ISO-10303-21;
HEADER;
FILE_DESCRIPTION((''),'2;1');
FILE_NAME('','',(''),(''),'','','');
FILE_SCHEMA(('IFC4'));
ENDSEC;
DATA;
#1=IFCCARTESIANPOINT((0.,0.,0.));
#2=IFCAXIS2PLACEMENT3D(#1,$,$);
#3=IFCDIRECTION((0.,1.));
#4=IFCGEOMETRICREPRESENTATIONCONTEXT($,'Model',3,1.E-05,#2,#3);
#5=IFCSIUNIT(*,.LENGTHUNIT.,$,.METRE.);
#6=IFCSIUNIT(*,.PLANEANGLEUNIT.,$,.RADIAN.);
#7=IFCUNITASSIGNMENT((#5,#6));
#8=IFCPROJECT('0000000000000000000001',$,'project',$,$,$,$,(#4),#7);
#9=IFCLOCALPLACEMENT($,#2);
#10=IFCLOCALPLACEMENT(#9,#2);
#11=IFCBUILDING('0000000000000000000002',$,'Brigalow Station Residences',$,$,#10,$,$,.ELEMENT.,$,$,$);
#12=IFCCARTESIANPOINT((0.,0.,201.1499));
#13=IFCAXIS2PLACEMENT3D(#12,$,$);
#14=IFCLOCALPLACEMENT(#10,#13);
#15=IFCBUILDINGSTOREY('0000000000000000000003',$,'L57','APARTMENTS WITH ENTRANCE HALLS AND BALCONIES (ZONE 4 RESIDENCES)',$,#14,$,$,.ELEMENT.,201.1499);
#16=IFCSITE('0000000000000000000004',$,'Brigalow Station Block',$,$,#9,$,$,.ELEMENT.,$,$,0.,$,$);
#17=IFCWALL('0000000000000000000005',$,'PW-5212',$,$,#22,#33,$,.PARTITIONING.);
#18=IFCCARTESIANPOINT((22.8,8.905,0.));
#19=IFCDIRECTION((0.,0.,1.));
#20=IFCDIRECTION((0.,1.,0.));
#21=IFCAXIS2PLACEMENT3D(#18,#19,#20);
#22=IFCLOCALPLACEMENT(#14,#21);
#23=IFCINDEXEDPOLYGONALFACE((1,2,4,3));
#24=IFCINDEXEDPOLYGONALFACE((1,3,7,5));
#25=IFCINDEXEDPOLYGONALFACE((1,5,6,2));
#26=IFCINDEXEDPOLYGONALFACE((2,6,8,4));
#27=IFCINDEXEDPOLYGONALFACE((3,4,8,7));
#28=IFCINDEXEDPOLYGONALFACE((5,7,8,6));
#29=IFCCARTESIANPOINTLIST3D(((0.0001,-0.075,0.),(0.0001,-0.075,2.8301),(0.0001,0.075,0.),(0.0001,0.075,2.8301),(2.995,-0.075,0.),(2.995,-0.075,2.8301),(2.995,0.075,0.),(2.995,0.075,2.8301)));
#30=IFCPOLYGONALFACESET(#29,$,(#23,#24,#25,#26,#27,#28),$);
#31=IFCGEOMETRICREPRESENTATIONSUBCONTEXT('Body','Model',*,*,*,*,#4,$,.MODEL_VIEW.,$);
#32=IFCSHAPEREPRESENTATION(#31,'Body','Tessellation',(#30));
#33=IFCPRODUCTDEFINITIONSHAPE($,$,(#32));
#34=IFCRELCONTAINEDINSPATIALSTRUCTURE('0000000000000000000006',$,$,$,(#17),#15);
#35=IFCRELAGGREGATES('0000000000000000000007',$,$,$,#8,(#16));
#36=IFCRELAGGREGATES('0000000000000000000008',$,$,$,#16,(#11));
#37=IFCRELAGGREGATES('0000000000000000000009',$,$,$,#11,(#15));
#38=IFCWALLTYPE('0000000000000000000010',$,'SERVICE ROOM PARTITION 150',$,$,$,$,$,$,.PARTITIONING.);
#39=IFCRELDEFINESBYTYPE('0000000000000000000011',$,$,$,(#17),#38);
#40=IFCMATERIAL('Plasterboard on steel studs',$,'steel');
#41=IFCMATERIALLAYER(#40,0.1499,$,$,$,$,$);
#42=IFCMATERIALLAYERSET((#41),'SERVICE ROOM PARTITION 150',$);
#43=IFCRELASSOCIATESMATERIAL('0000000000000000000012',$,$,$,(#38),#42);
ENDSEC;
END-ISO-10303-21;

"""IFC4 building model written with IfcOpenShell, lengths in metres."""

from ifc_helpers import new_model, si_unit, direction, frame, frame_2d, origin, place, context, subcontext, project, spatial, rectangle, extrude, material, layer, layer_set, type_object, element, save


model = new_model("IFC4")

# Units and contexts
model_context = context("Model", 3, precision=1e-05, world=origin(), true_north=direction((0.0, 1.0)))
body_context = subcontext(model_context, "Body", "Model", "MODEL_VIEW")
ifc_project = project(units=[si_unit("LENGTHUNIT", "METRE"), si_unit("PLANEANGLEUNIT", "RADIAN")], contexts=[model_context])

# Site, building, storey
site_placement = place(None, origin())
site = spatial("IfcSite", under=ifc_project, at=site_placement, Name="Brigalow Station Block", CompositionType="ELEMENT", RefElevation=0.0)
building_placement = place(site_placement, origin())
building = spatial("IfcBuilding", under=site, at=building_placement, Name="Brigalow Station Residences", CompositionType="ELEMENT")
storey_placement = place(building_placement, frame((0.0, 0.0, 201.1499)))
storey = spatial("IfcBuildingStorey", under=building, at=storey_placement, Name="L57", Description="APARTMENTS WITH ENTRANCE HALLS AND BALCONIES (ZONE 4 RESIDENCES)", CompositionType="ELEMENT", Elevation=201.1499)

# Wall
ifc_material_1 = material(Name="Plasterboard on steel studs", Category="steel")
ifc_layer_1 = layer(ifc_material_1, 0.1499)
ifc_layer_set_1 = layer_set([ifc_layer_1], Name="SERVICE ROOM PARTITION 150")
wall_type_1 = type_object("IfcWallType", Name="SERVICE ROOM PARTITION 150", PredefinedType="PARTITIONING", material=ifc_layer_set_1)
wall_1_placement = place(storey_placement, frame((22.8, 8.905, 0.0), z_axis=(0.0, 0.0, 1.0), x_axis=(0.0, 1.0, 0.0)))
element("IfcWall", 1, at=wall_1_placement, inside=storey, type_object=wall_type_1, Name="PW-5212", PredefinedType="PARTITIONING", context=body_context, shape_type="SweptSolid", body=[
    extrude(rectangle(XDim=2.9949, YDim=0.1499, at=frame_2d((1.4976, 0.0))), origin(), (0.0, 0.0, 1.0), 2.8301),
])

save(model, "model.ifc")
